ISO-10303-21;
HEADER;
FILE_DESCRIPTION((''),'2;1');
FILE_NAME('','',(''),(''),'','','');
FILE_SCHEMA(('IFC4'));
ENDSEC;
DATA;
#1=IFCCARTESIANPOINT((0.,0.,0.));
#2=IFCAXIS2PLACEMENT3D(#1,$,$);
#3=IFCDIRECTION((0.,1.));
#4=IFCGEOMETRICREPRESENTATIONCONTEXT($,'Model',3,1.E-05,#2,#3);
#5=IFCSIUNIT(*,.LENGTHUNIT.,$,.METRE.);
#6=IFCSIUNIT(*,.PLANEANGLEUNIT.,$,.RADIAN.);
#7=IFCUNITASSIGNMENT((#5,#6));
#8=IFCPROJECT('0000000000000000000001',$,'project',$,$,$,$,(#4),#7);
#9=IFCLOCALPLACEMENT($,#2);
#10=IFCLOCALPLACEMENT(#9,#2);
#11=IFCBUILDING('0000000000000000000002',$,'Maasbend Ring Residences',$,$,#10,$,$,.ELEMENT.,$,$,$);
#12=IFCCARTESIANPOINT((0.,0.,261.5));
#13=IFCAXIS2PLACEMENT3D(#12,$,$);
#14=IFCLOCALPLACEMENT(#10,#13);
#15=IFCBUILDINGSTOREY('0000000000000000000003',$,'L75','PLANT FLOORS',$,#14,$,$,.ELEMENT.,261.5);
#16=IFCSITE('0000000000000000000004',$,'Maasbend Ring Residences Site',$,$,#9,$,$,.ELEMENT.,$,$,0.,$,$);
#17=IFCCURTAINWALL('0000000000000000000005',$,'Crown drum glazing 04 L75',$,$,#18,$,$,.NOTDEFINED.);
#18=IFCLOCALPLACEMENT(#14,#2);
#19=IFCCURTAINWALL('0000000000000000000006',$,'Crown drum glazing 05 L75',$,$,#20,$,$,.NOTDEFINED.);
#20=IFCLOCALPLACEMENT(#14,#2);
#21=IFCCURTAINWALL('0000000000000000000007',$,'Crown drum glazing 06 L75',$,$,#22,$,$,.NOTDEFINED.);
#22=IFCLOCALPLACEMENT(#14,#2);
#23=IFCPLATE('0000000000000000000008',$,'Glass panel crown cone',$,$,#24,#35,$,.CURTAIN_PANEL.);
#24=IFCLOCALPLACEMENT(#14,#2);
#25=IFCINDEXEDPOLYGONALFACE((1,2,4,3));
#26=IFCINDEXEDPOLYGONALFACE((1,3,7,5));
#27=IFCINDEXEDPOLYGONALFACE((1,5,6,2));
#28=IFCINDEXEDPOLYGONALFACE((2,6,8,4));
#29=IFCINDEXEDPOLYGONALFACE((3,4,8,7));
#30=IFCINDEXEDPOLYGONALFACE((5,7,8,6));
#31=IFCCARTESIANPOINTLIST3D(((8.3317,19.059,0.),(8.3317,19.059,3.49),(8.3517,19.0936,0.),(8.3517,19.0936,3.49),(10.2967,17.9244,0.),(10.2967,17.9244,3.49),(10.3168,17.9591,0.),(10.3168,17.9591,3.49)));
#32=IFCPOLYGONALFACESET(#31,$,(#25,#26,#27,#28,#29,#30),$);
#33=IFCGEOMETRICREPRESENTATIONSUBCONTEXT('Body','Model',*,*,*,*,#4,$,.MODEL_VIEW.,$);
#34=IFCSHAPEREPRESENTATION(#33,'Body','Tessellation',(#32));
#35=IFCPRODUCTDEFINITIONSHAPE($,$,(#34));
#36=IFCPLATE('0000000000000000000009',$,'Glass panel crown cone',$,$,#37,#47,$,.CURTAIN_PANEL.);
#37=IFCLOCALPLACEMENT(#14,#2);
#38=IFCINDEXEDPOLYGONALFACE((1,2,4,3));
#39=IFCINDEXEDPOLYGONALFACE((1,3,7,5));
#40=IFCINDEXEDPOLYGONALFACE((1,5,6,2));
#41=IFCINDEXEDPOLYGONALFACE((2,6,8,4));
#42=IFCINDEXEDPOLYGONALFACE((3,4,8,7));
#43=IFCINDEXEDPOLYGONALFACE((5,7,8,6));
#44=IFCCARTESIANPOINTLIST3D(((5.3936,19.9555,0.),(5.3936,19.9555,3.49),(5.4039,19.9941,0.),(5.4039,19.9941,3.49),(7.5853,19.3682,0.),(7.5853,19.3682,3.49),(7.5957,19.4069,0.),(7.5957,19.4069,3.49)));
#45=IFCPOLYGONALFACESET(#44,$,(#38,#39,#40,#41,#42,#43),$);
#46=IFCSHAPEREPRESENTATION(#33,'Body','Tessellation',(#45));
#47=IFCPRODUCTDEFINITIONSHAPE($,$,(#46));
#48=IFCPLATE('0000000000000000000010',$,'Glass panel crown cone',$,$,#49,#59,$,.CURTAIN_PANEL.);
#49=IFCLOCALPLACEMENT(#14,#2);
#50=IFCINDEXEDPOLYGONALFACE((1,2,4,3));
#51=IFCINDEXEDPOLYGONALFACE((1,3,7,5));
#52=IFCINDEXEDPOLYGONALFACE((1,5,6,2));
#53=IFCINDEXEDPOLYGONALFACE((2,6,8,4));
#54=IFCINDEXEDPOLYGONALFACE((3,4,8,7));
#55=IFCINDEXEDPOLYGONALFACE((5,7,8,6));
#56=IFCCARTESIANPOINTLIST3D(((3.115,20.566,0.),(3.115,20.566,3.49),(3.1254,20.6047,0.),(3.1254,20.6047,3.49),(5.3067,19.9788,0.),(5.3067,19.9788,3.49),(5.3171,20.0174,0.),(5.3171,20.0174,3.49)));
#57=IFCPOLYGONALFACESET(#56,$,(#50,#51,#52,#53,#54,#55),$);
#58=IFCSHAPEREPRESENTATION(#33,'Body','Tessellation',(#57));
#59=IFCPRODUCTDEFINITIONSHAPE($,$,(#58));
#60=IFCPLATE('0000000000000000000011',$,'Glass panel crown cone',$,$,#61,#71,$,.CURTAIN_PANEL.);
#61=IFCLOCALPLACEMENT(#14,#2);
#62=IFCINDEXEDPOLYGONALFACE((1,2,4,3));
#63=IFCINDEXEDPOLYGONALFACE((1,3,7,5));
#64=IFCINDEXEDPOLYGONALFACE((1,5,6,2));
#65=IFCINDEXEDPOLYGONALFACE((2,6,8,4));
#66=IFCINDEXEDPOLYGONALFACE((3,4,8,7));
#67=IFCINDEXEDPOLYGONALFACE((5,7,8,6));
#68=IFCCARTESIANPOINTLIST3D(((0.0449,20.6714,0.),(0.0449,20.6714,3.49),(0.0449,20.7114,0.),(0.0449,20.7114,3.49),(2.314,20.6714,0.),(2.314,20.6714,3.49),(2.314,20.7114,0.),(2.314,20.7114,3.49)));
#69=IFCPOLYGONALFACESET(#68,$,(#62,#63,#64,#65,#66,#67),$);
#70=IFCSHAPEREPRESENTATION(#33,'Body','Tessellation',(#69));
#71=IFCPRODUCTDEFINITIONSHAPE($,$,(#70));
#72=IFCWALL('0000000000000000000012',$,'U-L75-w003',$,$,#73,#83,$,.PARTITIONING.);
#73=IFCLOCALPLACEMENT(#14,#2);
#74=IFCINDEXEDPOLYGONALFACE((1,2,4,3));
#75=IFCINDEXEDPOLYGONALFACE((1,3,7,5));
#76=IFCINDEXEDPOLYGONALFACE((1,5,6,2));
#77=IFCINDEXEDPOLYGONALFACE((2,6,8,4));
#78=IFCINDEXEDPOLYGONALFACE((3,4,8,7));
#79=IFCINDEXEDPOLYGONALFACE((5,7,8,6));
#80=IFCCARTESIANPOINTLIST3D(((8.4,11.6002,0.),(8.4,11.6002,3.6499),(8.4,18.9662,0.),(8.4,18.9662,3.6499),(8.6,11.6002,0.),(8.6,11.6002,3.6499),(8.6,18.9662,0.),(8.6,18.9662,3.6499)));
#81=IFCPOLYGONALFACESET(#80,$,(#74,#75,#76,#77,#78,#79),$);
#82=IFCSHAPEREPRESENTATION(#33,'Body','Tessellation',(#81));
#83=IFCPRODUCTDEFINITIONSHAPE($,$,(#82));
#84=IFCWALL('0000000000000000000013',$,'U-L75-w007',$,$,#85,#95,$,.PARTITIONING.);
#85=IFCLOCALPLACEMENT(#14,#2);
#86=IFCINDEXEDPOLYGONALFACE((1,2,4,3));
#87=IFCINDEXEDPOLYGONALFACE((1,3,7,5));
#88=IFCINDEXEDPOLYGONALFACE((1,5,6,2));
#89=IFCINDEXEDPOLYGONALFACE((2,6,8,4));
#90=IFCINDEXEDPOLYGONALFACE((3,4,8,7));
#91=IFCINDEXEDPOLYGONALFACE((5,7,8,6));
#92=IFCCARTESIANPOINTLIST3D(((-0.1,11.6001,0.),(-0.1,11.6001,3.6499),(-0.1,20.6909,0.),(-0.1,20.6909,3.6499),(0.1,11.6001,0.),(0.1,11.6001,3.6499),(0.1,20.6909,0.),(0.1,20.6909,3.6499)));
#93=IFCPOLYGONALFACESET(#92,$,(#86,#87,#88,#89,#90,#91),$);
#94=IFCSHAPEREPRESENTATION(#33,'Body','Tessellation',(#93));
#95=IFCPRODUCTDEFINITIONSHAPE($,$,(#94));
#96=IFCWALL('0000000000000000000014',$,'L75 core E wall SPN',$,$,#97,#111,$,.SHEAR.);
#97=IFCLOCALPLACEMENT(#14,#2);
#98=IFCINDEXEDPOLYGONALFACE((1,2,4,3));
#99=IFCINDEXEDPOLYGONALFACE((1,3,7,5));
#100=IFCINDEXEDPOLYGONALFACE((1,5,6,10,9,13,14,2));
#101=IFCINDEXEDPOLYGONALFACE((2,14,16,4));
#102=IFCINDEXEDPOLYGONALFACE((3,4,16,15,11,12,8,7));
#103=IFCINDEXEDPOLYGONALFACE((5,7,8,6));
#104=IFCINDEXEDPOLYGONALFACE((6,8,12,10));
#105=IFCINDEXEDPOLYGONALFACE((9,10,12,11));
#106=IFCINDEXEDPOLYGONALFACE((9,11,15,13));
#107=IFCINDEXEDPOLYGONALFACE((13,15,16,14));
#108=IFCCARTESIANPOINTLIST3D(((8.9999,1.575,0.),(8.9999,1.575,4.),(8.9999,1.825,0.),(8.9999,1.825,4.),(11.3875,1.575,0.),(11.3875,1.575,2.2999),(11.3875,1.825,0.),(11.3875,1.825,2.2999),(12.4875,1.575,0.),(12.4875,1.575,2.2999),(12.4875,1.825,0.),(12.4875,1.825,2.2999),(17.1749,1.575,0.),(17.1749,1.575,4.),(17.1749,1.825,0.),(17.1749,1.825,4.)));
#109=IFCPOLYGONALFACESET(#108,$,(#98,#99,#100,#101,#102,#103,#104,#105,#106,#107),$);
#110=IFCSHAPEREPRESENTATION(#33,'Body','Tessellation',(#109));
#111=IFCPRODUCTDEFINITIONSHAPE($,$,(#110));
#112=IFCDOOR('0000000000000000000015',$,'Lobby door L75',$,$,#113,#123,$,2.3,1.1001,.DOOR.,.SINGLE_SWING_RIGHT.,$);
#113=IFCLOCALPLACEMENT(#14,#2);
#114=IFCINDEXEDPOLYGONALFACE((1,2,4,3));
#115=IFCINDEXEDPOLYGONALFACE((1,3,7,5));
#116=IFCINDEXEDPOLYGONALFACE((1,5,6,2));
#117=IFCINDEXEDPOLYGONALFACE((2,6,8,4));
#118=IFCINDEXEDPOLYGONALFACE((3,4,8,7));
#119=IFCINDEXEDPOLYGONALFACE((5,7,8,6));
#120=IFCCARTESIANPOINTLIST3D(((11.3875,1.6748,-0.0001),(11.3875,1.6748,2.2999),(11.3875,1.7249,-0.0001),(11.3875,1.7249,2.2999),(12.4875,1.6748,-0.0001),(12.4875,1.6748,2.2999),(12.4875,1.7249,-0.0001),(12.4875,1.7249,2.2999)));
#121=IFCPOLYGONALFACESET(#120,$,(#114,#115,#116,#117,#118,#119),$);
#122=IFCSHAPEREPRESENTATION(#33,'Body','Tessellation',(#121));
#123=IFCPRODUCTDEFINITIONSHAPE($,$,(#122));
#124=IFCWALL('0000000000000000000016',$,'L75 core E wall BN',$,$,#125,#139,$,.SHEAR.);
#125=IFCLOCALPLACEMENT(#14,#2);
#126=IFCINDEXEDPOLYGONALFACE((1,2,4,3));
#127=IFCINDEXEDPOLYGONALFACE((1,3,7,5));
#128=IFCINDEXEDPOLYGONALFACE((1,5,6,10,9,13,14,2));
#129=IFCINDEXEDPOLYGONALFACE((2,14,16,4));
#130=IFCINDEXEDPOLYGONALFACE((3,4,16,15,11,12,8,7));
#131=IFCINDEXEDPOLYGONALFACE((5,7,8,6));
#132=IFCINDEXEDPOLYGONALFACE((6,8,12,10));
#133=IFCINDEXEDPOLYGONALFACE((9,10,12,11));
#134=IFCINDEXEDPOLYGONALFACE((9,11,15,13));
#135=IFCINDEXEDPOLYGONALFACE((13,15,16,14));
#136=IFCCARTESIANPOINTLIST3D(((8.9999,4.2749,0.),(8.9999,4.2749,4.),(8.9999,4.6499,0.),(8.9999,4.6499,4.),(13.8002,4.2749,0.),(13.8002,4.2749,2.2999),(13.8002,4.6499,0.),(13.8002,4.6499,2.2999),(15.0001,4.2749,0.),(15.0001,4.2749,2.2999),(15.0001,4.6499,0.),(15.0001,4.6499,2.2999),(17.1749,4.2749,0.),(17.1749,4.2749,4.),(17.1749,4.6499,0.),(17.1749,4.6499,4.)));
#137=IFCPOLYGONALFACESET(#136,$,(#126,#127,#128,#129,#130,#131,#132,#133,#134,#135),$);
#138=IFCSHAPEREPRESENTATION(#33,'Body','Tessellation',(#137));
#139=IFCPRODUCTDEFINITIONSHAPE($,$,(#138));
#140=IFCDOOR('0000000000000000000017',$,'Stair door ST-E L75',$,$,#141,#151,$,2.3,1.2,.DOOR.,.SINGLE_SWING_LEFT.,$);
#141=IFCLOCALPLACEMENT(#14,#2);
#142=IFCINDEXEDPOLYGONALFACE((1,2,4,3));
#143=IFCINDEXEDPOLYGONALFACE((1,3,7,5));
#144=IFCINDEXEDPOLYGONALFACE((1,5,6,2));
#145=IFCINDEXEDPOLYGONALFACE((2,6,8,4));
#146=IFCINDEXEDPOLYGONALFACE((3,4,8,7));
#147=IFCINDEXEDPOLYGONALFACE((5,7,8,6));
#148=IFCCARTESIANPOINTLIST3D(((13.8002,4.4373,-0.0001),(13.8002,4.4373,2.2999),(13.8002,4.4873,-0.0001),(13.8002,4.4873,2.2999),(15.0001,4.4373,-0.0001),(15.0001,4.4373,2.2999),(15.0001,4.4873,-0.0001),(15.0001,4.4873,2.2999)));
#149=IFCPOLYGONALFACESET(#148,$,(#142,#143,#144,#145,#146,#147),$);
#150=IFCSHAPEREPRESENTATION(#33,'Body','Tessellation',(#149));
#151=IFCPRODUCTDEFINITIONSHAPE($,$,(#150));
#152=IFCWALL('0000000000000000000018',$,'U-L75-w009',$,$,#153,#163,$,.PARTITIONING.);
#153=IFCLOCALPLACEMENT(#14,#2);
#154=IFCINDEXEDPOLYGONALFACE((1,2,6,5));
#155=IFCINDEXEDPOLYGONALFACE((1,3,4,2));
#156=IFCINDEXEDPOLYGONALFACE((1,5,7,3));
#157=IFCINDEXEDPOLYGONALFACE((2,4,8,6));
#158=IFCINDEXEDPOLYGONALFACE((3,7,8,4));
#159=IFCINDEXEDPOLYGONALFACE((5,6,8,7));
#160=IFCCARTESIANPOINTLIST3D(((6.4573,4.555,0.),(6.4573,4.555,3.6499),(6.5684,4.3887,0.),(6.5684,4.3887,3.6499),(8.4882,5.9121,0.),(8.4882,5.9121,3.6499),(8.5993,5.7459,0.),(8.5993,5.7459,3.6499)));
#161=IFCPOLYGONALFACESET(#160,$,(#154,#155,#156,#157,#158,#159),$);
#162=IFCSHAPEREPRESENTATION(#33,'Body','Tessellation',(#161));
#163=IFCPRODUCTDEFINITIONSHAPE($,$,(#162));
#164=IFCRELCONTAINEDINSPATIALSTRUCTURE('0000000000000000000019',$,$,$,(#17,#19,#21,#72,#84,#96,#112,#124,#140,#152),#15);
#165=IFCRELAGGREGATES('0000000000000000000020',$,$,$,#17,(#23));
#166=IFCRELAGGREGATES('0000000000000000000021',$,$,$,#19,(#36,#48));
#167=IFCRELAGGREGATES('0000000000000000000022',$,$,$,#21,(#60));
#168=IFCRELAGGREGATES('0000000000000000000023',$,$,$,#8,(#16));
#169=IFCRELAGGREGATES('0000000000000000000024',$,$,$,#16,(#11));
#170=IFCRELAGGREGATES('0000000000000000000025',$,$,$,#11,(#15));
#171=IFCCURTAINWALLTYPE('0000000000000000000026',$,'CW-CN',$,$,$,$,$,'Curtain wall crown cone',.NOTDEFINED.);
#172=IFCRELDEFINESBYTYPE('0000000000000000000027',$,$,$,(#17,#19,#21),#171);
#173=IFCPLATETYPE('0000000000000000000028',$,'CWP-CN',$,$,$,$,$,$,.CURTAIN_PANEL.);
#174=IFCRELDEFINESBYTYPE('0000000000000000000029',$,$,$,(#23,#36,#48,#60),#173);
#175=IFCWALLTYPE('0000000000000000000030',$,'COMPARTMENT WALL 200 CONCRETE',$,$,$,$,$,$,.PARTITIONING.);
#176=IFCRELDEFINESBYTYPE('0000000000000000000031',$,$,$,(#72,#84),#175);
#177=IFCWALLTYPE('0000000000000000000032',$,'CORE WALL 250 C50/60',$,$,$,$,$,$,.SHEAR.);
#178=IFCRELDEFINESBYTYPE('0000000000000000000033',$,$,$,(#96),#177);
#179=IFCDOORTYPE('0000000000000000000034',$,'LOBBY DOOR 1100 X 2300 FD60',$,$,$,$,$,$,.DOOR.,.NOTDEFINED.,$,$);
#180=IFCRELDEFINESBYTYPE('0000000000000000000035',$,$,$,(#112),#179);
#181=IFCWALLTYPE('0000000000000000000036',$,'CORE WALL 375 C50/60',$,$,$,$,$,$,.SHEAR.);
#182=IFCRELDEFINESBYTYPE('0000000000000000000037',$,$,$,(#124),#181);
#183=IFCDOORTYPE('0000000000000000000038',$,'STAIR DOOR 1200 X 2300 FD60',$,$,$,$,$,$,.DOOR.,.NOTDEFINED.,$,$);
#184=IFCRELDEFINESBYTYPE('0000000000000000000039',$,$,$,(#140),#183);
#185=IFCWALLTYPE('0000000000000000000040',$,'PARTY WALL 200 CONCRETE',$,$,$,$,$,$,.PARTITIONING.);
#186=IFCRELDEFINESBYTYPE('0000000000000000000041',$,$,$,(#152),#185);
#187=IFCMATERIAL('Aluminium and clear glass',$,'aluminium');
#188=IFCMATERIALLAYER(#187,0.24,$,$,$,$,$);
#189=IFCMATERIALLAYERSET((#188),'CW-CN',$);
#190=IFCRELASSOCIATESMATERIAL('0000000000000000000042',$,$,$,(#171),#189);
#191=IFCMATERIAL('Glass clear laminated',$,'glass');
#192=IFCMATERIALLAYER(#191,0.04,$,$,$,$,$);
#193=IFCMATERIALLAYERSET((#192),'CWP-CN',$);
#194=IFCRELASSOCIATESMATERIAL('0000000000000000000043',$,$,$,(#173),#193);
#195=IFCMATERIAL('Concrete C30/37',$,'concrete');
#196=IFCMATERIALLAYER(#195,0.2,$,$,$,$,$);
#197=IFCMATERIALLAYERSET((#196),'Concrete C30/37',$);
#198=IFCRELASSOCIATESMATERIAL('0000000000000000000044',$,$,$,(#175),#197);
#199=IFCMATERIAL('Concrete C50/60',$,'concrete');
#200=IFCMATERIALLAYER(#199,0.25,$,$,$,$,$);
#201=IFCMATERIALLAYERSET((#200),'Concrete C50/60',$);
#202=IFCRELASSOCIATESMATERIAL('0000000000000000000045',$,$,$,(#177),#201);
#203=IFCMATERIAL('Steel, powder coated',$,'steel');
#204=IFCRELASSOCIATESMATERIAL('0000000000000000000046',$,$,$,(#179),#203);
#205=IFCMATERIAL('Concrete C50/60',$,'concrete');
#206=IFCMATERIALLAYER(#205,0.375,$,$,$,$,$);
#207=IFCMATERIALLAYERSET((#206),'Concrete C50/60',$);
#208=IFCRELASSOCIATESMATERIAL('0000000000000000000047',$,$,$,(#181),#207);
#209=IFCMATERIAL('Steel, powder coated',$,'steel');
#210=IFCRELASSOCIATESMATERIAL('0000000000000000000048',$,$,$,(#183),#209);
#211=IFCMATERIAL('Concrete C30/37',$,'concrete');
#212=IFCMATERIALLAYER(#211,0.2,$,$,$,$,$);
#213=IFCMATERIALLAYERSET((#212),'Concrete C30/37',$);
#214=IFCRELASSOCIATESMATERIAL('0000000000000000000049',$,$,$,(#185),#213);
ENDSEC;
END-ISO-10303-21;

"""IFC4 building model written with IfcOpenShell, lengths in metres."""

from ifc_helpers import new_model, si_unit, direction, frame, frame_2d, origin, origin_2d, place, context, subcontext, project, spatial, rectangle, extrude, material, layer, layer_set, type_object, element, fill, aggregate, save


model = new_model("IFC4")

# Units and contexts
model_context = context("Model", 3, precision=1e-05, world=origin(), true_north=direction((0.0, 1.0)))
body_context = subcontext(model_context, "Body", "Model", "MODEL_VIEW")
ifc_project = project(units=[si_unit("LENGTHUNIT", "METRE"), si_unit("PLANEANGLEUNIT", "RADIAN")], contexts=[model_context])

# Site, building, storey
site_placement = place(None, origin())
site = spatial("IfcSite", under=ifc_project, at=site_placement, Name="Maasbend Ring Residences Site", CompositionType="ELEMENT", RefElevation=0.0)
building_placement = place(site_placement, origin())
building = spatial("IfcBuilding", under=site, at=building_placement, Name="Maasbend Ring Residences", CompositionType="ELEMENT")
storey_placement = place(building_placement, frame((0.0, 0.0, 261.5)))
storey = spatial("IfcBuildingStorey", under=building, at=storey_placement, Name="L75", Description="PLANT FLOORS", CompositionType="ELEMENT", Elevation=261.5)

# Curtain walls
ifc_material_1 = material(Name="Aluminium and clear glass", Category="aluminium")
ifc_layer_1 = layer(ifc_material_1, 0.24)
ifc_layer_set_1 = layer_set([ifc_layer_1], Name="CW-CN")
curtain_wall_type = type_object("IfcCurtainWallType", Name="CW-CN", ElementType="Curtain wall crown cone", PredefinedType="NOTDEFINED", material=ifc_layer_set_1)
curtain_wall_1_placement = place(storey_placement, origin())
curtain_wall_1 = element("IfcCurtainWall", 1, at=curtain_wall_1_placement, inside=storey, type_object=curtain_wall_type, Name="Crown drum glazing 04 L75", PredefinedType="NOTDEFINED")
curtain_wall_2_placement = place(storey_placement, origin())
curtain_wall_2 = element("IfcCurtainWall", 2, at=curtain_wall_2_placement, inside=storey, type_object=curtain_wall_type, Name="Crown drum glazing 05 L75", PredefinedType="NOTDEFINED")

# Curtain wall
curtain_wall_3_placement = place(storey_placement, origin())
curtain_wall_3 = element("IfcCurtainWall", 3, at=curtain_wall_3_placement, inside=storey, type_object=curtain_wall_type, Name="Crown drum glazing 06 L75", PredefinedType="NOTDEFINED")

# Plates
ifc_material_2 = material(Name="Glass clear laminated", Category="glass")
ifc_layer_2 = layer(ifc_material_2, 0.04)
ifc_layer_set_2 = layer_set([ifc_layer_2], Name="CWP-CN")
plate_type = type_object("IfcPlateType", Name="CWP-CN", PredefinedType="CURTAIN_PANEL", material=ifc_layer_set_2)
plate_1_placement = place(storey_placement, frame((9.3242, 18.509, 0.0), z_axis=(0.0, 0.0, 1.0), x_axis=(-0.866025, 0.5, 0.0)))
plate_1 = element("IfcPlate", 4, at=plate_1_placement, type_object=plate_type, Name="Glass panel crown cone", PredefinedType="CURTAIN_PANEL", context=body_context, shape_type="SweptSolid", body=[
    extrude(rectangle(XDim=2.269, YDim=0.04, at=origin_2d()), origin(), (0.0, 0.0, 1.0), 3.49),
])
aggregate(curtain_wall_1, [plate_1])
plate_2_placement = place(storey_placement, frame((6.4946, 19.6812, 0.0), z_axis=(0.0, 0.0, 1.0), x_axis=(-0.965926, 0.258819, 0.0)))
plate_2 = element("IfcPlate", 5, at=plate_2_placement, type_object=plate_type, Name="Glass panel crown cone", PredefinedType="CURTAIN_PANEL", context=body_context, shape_type="SweptSolid", body=[
    extrude(rectangle(XDim=2.269, YDim=0.04, at=origin_2d()), origin(), (0.0, 0.0, 1.0), 3.49),
])
plate_3_placement = place(storey_placement, frame((4.2161, 20.2917, 0.0), z_axis=(0.0, 0.0, 1.0), x_axis=(-0.965926, 0.258819, 0.0)))
plate_3 = element("IfcPlate", 6, at=plate_3_placement, type_object=plate_type, Name="Glass panel crown cone", PredefinedType="CURTAIN_PANEL", context=body_context, shape_type="SweptSolid", body=[
    extrude(rectangle(XDim=2.269, YDim=0.04, at=origin_2d()), origin(), (0.0, 0.0, 1.0), 3.49),
])
aggregate(curtain_wall_2, [plate_2, plate_3])
plate_4_placement = place(storey_placement, frame((1.1794, 20.6914, 0.0), z_axis=(0.0, 0.0, 1.0), x_axis=(-1.0, 0.0, 0.0)))
plate_4 = element("IfcPlate", 7, at=plate_4_placement, type_object=plate_type, Name="Glass panel crown cone", PredefinedType="CURTAIN_PANEL", context=body_context, shape_type="SweptSolid", body=[
    extrude(rectangle(XDim=2.269, YDim=0.04, at=origin_2d()), origin(), (0.0, 0.0, 1.0), 3.49),
])
aggregate(curtain_wall_3, [plate_4])

# Walls
ifc_material_3 = material(Name="Concrete C30/37", Category="concrete")
ifc_layer_3 = layer(ifc_material_3, 0.2)
ifc_layer_set_3 = layer_set([ifc_layer_3], Name="Concrete C30/37")
wall_type_1 = type_object("IfcWallType", Name="COMPARTMENT WALL 200 CONCRETE", PredefinedType="PARTITIONING", material=ifc_layer_set_3)
wall_1_placement = place(storey_placement, frame((8.5, 11.6001, 0.0), z_axis=(0.0, 0.0, 1.0), x_axis=(0.0, 1.0, 0.0)))
element("IfcWall", 8, at=wall_1_placement, inside=storey, type_object=wall_type_1, Name="U-L75-w003", PredefinedType="PARTITIONING", context=body_context, shape_type="SweptSolid", body=[
    extrude(rectangle(XDim=7.366, YDim=0.2, at=frame_2d((3.6831, 0.0))), origin(), (0.0, 0.0, 1.0), 3.6499),
])
wall_2_placement = place(storey_placement, frame((0.0, 11.6001, 0.0), z_axis=(0.0, 0.0, 1.0), x_axis=(0.0, 1.0, 0.0)))
element("IfcWall", 9, at=wall_2_placement, inside=storey, type_object=wall_type_1, Name="U-L75-w007", PredefinedType="PARTITIONING", context=body_context, shape_type="SweptSolid", body=[
    extrude(rectangle(XDim=9.0908, YDim=0.2, at=frame_2d((4.5454, 0.0))), origin(), (0.0, 0.0, 1.0), 3.6499),
])

# Walls, openings, doors
ifc_material_4 = material(Name="Concrete C50/60", Category="concrete")
ifc_layer_4 = layer(ifc_material_4, 0.25)
ifc_layer_set_4 = layer_set([ifc_layer_4], Name="Concrete C50/60")
wall_type_2 = type_object("IfcWallType", Name="CORE WALL 250 C50/60", PredefinedType="SHEAR", material=ifc_layer_set_4)
wall_3_placement = place(storey_placement, frame((9.0, 1.7, 0.0), z_axis=(0.0, 0.0, 1.0), x_axis=(1.0, 0.0, 0.0)))
wall_3 = element("IfcWall", 10, at=wall_3_placement, inside=storey, type_object=wall_type_2, Name="L75 core E wall SPN", PredefinedType="SHEAR", context=body_context, shape_type="SweptSolid", body=[
    extrude(rectangle(XDim=8.175, YDim=0.25, at=frame_2d((4.0874, 0.0))), origin(), (0.0, 0.0, 1.0), 4.0),
])
opening_1_placement = place(wall_3_placement, frame((2.3875, 0.0, 0.0)))
opening_1 = element("IfcOpeningElement", 11, at=opening_1_placement, cuts=wall_3, PredefinedType="OPENING", context=body_context, shape_type="SweptSolid", body=[
    extrude(rectangle(XDim=1.1001, YDim=2.3, at=frame_2d((0.55, 1.1499))), frame((0.0, 0.135, 0.0), z_axis=(0.0, -1.0, 0.0), x_axis=(1.0, 0.0, 0.0)), (0.0, 0.0, 1.0), 0.27),
])
ifc_material_5 = material(Name="Steel, powder coated", Category="steel")
door_type_1 = type_object("IfcDoorType", Name="LOBBY DOOR 1100 X 2300 FD60", OperationType="NOTDEFINED", PredefinedType="DOOR", material=ifc_material_5)
door_1_placement = place(opening_1_placement, origin())
door_1 = element("IfcDoor", 12, at=door_1_placement, inside=storey, type_object=door_type_1, Name="Lobby door L75", OperationType="SINGLE_SWING_RIGHT", OverallHeight=2.3, OverallWidth=1.1001, PredefinedType="DOOR", context=body_context, shape_type="SweptSolid", body=[
    extrude(rectangle(XDim=1.1001, YDim=2.3, at=frame_2d((0.55, 1.1499))), frame((0.0, 0.0249, 0.0), z_axis=(0.0, -1.0, 0.0), x_axis=(1.0, 0.0, 0.0)), (0.0, 0.0, 1.0), 0.05),
])
fill(opening_1, door_1)
ifc_material_6 = material(Name="Concrete C50/60", Category="concrete")
ifc_layer_5 = layer(ifc_material_6, 0.375)
ifc_layer_set_5 = layer_set([ifc_layer_5], Name="Concrete C50/60")
wall_type_3 = type_object("IfcWallType", Name="CORE WALL 375 C50/60", PredefinedType="SHEAR", material=ifc_layer_set_5)
wall_4_placement = place(storey_placement, frame((9.0, 4.4624, 0.0), z_axis=(0.0, 0.0, 1.0), x_axis=(1.0, 0.0, 0.0)))
wall_4 = element("IfcWall", 13, at=wall_4_placement, inside=storey, type_object=wall_type_3, Name="L75 core E wall BN", PredefinedType="SHEAR", context=body_context, shape_type="SweptSolid", body=[
    extrude(rectangle(XDim=8.175, YDim=0.375, at=frame_2d((4.0874, 0.0))), origin(), (0.0, 0.0, 1.0), 4.0),
])
opening_2_placement = place(wall_4_placement, frame((4.8, 0.0, 0.0)))
opening_2 = element("IfcOpeningElement", 14, at=opening_2_placement, cuts=wall_4, PredefinedType="OPENING", context=body_context, shape_type="SweptSolid", body=[
    extrude(rectangle(XDim=1.2, YDim=2.3, at=frame_2d((0.6001, 1.1499))), frame((0.0, 0.1975, 0.0), z_axis=(0.0, -1.0, 0.0), x_axis=(1.0, 0.0, 0.0)), (0.0, 0.0, 1.0), 0.395),
])
ifc_material_7 = material(Name="Steel, powder coated", Category="steel")
door_type_2 = type_object("IfcDoorType", Name="STAIR DOOR 1200 X 2300 FD60", OperationType="NOTDEFINED", PredefinedType="DOOR", material=ifc_material_7)
door_2_placement = place(opening_2_placement, origin())
door_2 = element("IfcDoor", 15, at=door_2_placement, inside=storey, type_object=door_type_2, Name="Stair door ST-E L75", OperationType="SINGLE_SWING_LEFT", OverallHeight=2.3, OverallWidth=1.2, PredefinedType="DOOR", context=body_context, shape_type="SweptSolid", body=[
    extrude(rectangle(XDim=1.2, YDim=2.3, at=frame_2d((0.6001, 1.1499))), frame((0.0, 0.0249, 0.0), z_axis=(0.0, -1.0, 0.0), x_axis=(1.0, 0.0, 0.0)), (0.0, 0.0, 1.0), 0.05),
])
fill(opening_2, door_2)

# Wall
ifc_material_8 = material(Name="Concrete C30/37", Category="concrete")
ifc_layer_6 = layer(ifc_material_8, 0.2)
ifc_layer_set_6 = layer_set([ifc_layer_6], Name="Concrete C30/37")
wall_type_4 = type_object("IfcWallType", Name="PARTY WALL 200 CONCRETE", PredefinedType="PARTITIONING", material=ifc_layer_set_6)
wall_5_placement = place(storey_placement, frame((6.5129, 4.4719, 0.0), z_axis=(0.0, 0.0, 1.0), x_axis=(0.83145, 0.555599, 0.0)))
element("IfcWall", 16, at=wall_5_placement, inside=storey, type_object=wall_type_4, Name="U-L75-w009", PredefinedType="PARTITIONING", context=body_context, shape_type="SweptSolid", body=[
    extrude(rectangle(XDim=2.4426, YDim=0.2, at=frame_2d((1.2212, 0.0))), origin(), (0.0, 0.0, 1.0), 3.6499),
])

save(model, "model.ifc")
